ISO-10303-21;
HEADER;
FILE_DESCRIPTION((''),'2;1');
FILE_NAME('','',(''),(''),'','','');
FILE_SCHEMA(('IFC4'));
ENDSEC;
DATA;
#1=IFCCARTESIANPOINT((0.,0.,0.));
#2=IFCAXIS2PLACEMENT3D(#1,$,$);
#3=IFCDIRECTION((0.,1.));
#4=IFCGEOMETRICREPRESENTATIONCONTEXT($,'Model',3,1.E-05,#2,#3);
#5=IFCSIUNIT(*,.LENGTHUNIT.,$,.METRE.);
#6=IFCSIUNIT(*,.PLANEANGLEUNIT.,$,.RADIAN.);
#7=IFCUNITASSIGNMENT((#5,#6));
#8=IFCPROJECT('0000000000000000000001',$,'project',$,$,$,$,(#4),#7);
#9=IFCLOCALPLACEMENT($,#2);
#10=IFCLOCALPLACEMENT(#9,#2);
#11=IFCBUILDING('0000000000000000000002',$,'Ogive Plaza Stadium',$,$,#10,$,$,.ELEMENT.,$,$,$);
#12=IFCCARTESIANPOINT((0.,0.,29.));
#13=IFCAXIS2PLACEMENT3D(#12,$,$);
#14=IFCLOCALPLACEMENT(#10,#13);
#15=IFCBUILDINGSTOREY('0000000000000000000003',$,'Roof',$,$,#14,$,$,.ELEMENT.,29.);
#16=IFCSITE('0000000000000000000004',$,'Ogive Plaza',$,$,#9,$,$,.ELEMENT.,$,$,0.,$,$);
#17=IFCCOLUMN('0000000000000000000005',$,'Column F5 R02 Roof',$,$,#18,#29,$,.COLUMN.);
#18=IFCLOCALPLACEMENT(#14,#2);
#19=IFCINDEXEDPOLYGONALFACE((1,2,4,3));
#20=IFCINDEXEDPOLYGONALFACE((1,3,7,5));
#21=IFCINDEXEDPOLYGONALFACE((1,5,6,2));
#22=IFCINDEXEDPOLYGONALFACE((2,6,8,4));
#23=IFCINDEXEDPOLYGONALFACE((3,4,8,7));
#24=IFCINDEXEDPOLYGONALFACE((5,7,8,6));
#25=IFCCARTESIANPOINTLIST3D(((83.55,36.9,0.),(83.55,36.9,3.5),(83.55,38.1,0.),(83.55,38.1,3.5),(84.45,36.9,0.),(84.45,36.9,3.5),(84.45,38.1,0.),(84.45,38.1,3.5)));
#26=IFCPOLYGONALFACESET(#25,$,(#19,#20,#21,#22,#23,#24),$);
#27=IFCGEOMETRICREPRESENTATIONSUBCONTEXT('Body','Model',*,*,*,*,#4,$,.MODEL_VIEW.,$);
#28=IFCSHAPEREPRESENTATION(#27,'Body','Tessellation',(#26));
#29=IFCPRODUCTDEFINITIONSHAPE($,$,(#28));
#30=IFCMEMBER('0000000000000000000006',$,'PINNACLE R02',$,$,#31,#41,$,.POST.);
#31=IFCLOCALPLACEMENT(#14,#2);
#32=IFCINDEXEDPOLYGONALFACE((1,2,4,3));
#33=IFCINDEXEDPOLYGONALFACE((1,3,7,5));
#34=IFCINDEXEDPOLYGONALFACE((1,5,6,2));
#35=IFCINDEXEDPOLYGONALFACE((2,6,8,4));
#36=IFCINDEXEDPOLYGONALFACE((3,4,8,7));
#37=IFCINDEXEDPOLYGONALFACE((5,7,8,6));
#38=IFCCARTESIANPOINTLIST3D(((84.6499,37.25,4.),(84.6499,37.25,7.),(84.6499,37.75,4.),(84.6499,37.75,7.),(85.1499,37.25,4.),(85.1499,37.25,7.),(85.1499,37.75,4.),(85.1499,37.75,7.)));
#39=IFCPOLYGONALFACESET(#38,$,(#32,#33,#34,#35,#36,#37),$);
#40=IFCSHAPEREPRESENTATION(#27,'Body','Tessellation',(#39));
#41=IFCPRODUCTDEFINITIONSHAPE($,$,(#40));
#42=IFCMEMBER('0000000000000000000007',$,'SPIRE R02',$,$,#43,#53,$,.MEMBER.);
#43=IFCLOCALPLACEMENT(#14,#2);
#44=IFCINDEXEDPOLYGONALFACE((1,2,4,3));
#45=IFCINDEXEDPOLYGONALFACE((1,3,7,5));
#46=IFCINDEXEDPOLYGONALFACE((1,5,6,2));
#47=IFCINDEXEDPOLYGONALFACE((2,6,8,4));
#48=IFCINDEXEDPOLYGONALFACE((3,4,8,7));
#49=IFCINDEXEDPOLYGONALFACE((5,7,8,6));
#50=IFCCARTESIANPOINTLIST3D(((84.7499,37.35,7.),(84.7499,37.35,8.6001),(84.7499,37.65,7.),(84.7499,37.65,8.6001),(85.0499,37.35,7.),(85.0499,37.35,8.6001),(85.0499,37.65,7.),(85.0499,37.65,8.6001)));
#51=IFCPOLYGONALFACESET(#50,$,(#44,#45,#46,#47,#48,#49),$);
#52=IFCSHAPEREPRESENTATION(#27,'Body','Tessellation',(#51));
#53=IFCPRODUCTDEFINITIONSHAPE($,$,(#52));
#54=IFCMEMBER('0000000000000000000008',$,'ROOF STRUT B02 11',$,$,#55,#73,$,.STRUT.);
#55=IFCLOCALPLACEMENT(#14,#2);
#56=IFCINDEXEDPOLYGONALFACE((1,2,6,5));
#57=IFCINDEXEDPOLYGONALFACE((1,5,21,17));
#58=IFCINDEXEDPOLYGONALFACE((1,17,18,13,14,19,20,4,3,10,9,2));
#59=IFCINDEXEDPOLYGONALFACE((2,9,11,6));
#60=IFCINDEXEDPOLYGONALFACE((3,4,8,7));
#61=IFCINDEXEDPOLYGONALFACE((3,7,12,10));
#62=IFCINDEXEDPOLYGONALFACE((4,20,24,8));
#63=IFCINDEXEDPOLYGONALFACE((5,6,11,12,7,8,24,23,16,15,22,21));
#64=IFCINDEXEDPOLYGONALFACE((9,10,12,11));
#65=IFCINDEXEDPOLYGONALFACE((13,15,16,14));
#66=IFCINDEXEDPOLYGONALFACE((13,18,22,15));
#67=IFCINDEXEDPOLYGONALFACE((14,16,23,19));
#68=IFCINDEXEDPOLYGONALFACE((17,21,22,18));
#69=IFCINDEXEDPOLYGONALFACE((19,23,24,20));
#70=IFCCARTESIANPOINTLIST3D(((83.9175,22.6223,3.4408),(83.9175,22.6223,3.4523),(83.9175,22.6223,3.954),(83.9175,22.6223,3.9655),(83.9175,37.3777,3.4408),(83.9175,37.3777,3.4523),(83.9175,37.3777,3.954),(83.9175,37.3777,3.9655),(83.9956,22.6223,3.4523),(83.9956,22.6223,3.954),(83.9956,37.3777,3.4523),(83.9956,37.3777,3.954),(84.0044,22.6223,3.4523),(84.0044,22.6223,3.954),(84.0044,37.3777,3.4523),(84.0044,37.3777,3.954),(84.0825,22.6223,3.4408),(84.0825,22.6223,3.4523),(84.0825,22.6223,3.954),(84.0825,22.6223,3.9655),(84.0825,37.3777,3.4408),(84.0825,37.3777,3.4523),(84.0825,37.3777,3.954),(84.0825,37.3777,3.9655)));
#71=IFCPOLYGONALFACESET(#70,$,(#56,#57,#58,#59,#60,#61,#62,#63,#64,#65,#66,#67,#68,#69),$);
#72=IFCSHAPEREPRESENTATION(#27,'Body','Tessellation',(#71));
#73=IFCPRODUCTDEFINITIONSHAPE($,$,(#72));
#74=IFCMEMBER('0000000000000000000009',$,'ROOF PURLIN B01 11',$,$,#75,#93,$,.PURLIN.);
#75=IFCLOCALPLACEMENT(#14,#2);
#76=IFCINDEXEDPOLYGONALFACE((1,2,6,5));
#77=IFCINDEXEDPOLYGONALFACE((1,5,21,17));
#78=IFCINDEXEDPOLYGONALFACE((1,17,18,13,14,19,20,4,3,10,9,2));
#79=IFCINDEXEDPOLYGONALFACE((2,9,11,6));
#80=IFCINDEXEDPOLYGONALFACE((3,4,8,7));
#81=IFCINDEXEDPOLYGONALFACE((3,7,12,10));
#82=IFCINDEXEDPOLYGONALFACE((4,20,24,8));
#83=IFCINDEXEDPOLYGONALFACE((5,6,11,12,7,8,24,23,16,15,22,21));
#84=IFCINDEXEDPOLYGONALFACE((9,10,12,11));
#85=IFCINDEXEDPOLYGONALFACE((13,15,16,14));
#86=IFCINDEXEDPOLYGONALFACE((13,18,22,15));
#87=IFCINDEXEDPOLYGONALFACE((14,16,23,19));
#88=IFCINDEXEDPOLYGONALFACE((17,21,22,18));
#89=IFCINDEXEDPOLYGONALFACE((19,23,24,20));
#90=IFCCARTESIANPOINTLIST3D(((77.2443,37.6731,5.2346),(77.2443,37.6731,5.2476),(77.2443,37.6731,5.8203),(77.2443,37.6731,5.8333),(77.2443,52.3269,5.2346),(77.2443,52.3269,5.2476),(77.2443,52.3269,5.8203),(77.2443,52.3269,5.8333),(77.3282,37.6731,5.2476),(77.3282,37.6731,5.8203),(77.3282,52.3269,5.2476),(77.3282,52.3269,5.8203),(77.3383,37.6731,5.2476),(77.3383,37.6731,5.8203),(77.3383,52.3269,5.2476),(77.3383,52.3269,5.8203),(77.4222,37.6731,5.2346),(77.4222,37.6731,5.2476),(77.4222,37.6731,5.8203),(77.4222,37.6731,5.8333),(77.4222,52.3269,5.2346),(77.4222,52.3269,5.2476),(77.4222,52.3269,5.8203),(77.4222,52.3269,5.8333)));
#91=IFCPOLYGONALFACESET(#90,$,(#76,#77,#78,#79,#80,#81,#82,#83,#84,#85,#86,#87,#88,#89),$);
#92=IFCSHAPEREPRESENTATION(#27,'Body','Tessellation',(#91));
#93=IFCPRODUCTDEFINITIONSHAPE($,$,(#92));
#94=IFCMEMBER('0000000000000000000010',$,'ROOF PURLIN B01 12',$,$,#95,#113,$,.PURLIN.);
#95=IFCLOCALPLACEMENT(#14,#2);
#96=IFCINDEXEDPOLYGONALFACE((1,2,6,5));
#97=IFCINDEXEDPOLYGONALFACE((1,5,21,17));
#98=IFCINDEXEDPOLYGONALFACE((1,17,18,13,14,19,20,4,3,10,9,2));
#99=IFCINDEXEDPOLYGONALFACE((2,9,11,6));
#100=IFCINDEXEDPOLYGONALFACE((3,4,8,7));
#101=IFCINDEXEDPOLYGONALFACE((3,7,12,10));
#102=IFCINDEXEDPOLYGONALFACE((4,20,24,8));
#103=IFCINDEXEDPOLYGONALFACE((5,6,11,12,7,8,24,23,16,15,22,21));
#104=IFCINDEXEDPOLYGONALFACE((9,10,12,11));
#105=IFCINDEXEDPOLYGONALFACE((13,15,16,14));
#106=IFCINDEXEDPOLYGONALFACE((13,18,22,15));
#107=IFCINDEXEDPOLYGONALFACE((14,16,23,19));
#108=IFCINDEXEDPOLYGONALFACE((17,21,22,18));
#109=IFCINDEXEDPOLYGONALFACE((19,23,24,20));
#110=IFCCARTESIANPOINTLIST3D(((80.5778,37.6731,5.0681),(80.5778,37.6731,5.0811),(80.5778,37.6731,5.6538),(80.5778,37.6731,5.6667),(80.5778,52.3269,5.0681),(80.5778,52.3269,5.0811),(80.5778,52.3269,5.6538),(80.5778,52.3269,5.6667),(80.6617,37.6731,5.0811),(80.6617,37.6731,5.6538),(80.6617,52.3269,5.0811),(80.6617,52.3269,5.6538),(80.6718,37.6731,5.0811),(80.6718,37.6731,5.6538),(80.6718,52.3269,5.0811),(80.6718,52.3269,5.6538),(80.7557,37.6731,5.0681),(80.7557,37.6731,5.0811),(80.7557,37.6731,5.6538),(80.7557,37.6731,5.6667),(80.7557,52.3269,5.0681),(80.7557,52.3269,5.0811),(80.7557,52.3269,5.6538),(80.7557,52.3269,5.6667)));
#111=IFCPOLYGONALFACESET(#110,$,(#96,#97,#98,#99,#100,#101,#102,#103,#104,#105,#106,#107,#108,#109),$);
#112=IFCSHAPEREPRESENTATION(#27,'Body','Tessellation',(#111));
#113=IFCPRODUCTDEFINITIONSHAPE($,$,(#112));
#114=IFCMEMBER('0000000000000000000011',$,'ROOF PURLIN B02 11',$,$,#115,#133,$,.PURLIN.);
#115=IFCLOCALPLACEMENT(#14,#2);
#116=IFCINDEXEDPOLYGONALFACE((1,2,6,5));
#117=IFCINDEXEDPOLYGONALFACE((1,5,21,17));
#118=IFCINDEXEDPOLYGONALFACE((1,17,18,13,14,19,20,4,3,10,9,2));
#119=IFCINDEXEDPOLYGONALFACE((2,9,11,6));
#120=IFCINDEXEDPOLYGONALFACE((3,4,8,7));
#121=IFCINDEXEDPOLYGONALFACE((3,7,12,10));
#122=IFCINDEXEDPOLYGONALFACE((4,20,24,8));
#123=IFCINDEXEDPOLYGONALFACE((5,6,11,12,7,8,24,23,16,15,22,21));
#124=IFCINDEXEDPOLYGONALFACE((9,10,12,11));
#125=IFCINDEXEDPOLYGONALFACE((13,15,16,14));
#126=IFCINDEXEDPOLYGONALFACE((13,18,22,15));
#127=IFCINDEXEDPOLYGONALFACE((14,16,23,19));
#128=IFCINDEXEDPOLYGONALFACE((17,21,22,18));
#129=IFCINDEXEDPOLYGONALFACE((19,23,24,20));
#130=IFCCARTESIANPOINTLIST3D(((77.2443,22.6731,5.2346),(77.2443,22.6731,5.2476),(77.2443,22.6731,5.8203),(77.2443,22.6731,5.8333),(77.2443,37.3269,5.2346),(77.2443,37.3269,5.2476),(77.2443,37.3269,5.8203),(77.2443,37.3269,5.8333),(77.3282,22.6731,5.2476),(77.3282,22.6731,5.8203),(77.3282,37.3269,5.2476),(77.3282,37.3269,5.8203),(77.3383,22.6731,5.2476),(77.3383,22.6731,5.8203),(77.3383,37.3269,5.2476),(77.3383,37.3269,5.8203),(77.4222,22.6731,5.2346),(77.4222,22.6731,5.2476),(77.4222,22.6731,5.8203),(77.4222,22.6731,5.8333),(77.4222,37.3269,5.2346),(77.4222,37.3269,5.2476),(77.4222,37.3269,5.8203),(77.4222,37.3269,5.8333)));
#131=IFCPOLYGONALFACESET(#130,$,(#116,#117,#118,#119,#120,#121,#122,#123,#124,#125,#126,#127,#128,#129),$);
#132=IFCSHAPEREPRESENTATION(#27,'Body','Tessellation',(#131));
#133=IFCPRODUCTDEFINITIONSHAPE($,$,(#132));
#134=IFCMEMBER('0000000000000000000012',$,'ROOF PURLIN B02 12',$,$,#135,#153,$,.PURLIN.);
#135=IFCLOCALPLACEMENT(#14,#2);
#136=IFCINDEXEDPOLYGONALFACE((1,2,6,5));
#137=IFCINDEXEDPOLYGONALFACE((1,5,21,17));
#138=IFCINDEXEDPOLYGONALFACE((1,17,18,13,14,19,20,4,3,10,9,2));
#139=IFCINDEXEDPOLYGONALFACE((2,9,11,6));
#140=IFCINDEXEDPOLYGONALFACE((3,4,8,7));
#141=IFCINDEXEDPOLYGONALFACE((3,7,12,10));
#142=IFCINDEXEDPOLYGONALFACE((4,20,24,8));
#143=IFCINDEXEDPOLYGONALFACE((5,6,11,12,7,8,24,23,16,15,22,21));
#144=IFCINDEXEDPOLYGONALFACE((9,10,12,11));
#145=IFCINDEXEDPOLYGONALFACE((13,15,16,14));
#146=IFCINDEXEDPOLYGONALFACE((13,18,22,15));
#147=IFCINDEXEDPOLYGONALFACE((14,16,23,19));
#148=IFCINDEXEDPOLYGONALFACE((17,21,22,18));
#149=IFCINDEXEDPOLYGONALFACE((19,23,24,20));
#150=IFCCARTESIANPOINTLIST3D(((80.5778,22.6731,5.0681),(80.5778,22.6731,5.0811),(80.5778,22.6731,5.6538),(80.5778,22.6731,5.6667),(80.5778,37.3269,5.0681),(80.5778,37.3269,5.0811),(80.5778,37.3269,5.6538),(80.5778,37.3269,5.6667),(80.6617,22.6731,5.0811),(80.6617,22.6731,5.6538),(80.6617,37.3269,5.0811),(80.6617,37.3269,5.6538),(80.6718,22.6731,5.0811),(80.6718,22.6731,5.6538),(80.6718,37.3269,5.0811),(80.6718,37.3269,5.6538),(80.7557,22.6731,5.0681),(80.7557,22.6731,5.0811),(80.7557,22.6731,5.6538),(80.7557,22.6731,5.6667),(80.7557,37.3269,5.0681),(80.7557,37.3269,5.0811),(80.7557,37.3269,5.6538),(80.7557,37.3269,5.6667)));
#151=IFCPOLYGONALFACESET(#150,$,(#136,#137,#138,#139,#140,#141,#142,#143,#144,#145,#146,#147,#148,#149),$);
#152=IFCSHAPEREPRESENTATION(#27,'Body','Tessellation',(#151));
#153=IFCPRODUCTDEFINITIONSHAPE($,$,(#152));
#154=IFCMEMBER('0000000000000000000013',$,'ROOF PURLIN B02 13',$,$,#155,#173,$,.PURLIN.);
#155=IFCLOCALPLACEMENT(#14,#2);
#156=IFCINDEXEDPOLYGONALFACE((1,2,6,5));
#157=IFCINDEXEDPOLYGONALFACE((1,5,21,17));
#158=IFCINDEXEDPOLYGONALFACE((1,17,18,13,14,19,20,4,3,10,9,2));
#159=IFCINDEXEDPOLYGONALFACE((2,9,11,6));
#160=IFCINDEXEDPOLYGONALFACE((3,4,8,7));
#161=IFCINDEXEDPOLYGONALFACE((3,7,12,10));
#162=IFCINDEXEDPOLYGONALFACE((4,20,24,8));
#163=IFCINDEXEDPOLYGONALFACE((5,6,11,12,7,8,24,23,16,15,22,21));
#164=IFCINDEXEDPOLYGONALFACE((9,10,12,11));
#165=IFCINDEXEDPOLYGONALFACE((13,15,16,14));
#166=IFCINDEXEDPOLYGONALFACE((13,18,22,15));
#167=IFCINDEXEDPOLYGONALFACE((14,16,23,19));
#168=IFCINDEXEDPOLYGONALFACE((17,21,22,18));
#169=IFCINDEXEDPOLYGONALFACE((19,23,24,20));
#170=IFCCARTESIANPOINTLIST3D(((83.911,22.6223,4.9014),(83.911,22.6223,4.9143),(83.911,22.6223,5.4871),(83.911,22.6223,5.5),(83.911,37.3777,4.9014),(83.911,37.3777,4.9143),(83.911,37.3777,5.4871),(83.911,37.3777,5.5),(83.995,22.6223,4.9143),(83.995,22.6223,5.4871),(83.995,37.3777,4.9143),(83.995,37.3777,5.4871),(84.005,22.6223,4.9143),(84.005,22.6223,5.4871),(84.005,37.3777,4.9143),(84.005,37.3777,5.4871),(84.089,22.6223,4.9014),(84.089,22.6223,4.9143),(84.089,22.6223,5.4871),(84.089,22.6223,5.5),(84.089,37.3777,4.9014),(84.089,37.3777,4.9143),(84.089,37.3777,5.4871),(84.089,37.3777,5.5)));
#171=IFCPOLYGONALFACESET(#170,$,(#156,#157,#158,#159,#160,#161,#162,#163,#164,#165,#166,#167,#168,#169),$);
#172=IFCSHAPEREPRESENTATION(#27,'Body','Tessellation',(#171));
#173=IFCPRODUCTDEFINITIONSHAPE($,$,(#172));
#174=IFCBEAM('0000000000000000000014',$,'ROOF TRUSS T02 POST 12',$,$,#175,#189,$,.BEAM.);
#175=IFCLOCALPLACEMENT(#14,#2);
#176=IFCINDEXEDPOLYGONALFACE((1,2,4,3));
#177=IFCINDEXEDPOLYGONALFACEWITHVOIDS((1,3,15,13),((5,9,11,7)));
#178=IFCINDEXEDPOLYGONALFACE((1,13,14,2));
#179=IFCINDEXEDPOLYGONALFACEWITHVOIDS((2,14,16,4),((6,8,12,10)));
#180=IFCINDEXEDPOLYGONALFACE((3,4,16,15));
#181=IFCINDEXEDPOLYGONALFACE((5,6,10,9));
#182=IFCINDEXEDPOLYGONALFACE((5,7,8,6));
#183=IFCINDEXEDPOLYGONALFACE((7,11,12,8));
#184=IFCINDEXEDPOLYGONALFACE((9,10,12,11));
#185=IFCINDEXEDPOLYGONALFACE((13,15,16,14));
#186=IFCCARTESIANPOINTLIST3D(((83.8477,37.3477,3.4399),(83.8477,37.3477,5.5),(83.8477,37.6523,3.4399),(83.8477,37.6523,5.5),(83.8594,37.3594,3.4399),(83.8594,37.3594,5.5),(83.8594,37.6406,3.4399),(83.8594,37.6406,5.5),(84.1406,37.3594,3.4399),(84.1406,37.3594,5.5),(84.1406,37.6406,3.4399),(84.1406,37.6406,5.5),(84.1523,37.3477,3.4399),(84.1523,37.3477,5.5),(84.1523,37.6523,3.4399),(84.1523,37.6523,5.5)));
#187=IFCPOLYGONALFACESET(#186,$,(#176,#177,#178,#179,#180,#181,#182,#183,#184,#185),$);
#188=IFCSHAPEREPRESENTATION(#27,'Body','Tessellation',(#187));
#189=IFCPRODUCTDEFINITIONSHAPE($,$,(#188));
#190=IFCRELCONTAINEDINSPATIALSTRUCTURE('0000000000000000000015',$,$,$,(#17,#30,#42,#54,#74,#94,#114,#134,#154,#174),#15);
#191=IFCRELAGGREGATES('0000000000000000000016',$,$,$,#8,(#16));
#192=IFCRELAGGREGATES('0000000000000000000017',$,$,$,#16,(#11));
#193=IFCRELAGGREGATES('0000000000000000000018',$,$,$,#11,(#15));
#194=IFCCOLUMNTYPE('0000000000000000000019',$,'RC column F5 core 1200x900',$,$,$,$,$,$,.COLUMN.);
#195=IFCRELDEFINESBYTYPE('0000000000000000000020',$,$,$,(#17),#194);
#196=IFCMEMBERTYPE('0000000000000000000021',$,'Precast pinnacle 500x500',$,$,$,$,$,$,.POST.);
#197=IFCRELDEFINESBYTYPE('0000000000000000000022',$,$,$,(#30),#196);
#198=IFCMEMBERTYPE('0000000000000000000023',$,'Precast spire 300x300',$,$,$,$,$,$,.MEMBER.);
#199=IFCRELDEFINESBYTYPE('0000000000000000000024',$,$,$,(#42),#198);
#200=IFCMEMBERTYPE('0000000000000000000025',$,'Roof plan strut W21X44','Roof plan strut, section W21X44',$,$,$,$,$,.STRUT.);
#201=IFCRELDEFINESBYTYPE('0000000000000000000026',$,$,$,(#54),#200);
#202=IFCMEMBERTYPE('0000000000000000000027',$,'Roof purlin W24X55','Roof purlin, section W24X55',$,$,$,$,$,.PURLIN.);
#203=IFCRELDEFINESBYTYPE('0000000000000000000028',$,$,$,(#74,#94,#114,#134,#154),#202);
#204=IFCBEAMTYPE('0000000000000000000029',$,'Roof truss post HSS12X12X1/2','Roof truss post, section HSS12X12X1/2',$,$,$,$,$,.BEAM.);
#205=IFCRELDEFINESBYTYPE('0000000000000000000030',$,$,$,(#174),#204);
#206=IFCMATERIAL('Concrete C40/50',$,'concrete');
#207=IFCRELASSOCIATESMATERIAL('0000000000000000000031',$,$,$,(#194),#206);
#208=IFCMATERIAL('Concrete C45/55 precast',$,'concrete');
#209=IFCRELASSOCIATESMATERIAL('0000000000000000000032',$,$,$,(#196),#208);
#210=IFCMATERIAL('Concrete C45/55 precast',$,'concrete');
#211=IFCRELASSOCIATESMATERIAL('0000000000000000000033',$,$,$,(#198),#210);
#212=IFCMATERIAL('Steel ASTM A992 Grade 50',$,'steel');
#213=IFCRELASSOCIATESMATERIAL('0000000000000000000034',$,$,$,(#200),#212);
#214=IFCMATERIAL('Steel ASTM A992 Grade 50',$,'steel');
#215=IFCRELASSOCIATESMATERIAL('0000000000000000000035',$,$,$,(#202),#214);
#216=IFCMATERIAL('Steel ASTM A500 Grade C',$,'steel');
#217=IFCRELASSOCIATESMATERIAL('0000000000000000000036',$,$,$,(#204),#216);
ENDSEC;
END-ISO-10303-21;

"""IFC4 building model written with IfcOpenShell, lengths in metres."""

from ifc_helpers import new_model, si_unit, direction, frame, origin, origin_2d, place, context, subcontext, project, spatial, rectangle, hollow_rectangle, i_section, extrude, material, material_profile, profile_set, type_object, element, save


model = new_model("IFC4")

# Units and contexts
model_context = context("Model", 3, precision=1e-05, world=origin(), true_north=direction((0.0, 1.0)))
body_context = subcontext(model_context, "Body", "Model", "MODEL_VIEW")
ifc_project = project(units=[si_unit("LENGTHUNIT", "METRE"), si_unit("PLANEANGLEUNIT", "RADIAN")], contexts=[model_context])

# Site, building, storey
site_placement = place(None, origin())
site = spatial("IfcSite", under=ifc_project, at=site_placement, Name="Ogive Plaza", CompositionType="ELEMENT", RefElevation=0.0)
building_placement = place(site_placement, origin())
building = spatial("IfcBuilding", under=site, at=building_placement, Name="Ogive Plaza Stadium", CompositionType="ELEMENT")
storey_placement = place(building_placement, frame((0.0, 0.0, 29.0)))
storey = spatial("IfcBuildingStorey", under=building, at=storey_placement, Name="Roof", CompositionType="ELEMENT", Elevation=29.0)

# Column
ifc_material_1 = material(Name="Concrete C40/50", Category="concrete")
ifc_material_profile_1 = material_profile(ifc_material_1, rectangle(XDim=1.2, YDim=0.8999, at=origin_2d()), Name="RC 1200x900")
ifc_profile_set_1 = profile_set([ifc_material_profile_1], Name="Concrete C40/50")
column_type = type_object("IfcColumnType", Name="RC column F5 core 1200x900", PredefinedType="COLUMN", material=ifc_profile_set_1)
column_placement = place(storey_placement, frame((84.0, 37.5, 0.0), z_axis=(0.0, 0.0, 1.0), x_axis=(0.0, 1.0, 0.0)))
element("IfcColumn", 1, at=column_placement, inside=storey, type_object=column_type, Name="Column F5 R02 Roof", PredefinedType="COLUMN", context=body_context, shape_type="SweptSolid", body=[
    extrude(rectangle(XDim=1.2, YDim=0.8999, at=origin_2d()), origin(), (0.0, 0.0, 1.0), 3.5),
])

# Members
ifc_material_2 = material(Name="Concrete C45/55 precast", Category="concrete")
ifc_material_profile_2 = material_profile(ifc_material_2, rectangle(XDim=0.5, YDim=0.5, at=origin_2d()), Name="RC 500x500")
ifc_profile_set_2 = profile_set([ifc_material_profile_2], Name="Concrete C45/55 precast")
member_type_1 = type_object("IfcMemberType", Name="Precast pinnacle 500x500", PredefinedType="POST", material=ifc_profile_set_2)
member_1_placement = place(storey_placement, frame((84.8999, 37.5, 4.0), z_axis=(0.0, 0.0, 1.0), x_axis=(0.0, 1.0, 0.0)))
element("IfcMember", 2, at=member_1_placement, inside=storey, type_object=member_type_1, Name="PINNACLE R02", PredefinedType="POST", context=body_context, shape_type="SweptSolid", body=[
    extrude(rectangle(XDim=0.5, YDim=0.5, at=origin_2d()), origin(), (0.0, 0.0, 1.0), 3.0),
])
ifc_material_3 = material(Name="Concrete C45/55 precast", Category="concrete")
ifc_material_profile_3 = material_profile(ifc_material_3, rectangle(XDim=0.3, YDim=0.3, at=origin_2d()), Name="RC 300x300")
ifc_profile_set_3 = profile_set([ifc_material_profile_3], Name="Concrete C45/55 precast")
member_type_2 = type_object("IfcMemberType", Name="Precast spire 300x300", PredefinedType="MEMBER", material=ifc_profile_set_3)
member_2_placement = place(storey_placement, frame((84.8999, 37.5, 7.0), z_axis=(0.0, 0.0, 1.0), x_axis=(0.0, 1.0, 0.0)))
element("IfcMember", 3, at=member_2_placement, inside=storey, type_object=member_type_2, Name="SPIRE R02", PredefinedType="MEMBER", context=body_context, shape_type="SweptSolid", body=[
    extrude(rectangle(XDim=0.3, YDim=0.3, at=origin_2d()), origin(), (0.0, 0.0, 1.0), 1.6001),
])
ifc_material_4 = material(Name="Steel ASTM A992 Grade 50", Category="steel")
ifc_material_profile_4 = material_profile(ifc_material_4, i_section(OverallWidth=0.165, OverallDepth=0.5247, WebThickness=0.0088, FlangeThickness=0.0115, at=origin_2d()), Name="W21X44")
ifc_profile_set_4 = profile_set([ifc_material_profile_4], Name="Steel ASTM A992 Grade 50")
member_type_3 = type_object("IfcMemberType", Name="Roof plan strut W21X44", Description="Roof plan strut, section W21X44", PredefinedType="STRUT", material=ifc_profile_set_4)
member_3_placement = place(storey_placement, frame((84.0, 37.3777, 3.7031), z_axis=(0.0, -1.0, 0.0), x_axis=(1.0, 0.0, 0.0)))
element("IfcMember", 4, at=member_3_placement, inside=storey, type_object=member_type_3, Name="ROOF STRUT B02 11", PredefinedType="STRUT", context=body_context, shape_type="SweptSolid", body=[
    extrude(i_section(OverallWidth=0.165, OverallDepth=0.5247, WebThickness=0.0088, FlangeThickness=0.0115, at=origin_2d()), origin(), (0.0, 0.0, 1.0), 14.7554),
])
ifc_material_5 = material(Name="Steel ASTM A992 Grade 50", Category="steel")
ifc_material_profile_5 = material_profile(ifc_material_5, i_section(OverallWidth=0.178, OverallDepth=0.5986, WebThickness=0.01, FlangeThickness=0.0129, at=origin_2d()), Name="W24X55")
ifc_profile_set_5 = profile_set([ifc_material_profile_5], Name="Steel ASTM A992 Grade 50")
member_type_4 = type_object("IfcMemberType", Name="Roof purlin W24X55", Description="Roof purlin, section W24X55", PredefinedType="PURLIN", material=ifc_profile_set_5)
for number, where, z_axis, x_axis, name in (
    (5, (77.3333, 52.3269, 5.5339), (0.0, -1.0, 0.0), (1.0, 0.0, 0.0), "ROOF PURLIN B01 11"),
    (6, (80.6667, 52.3269, 5.3674), (0.0, -1.0, 0.0), (1.0, 0.0, 0.0), "ROOF PURLIN B01 12"),
    (7, (77.3333, 37.3269, 5.5339), (0.0, -1.0, 0.0), (1.0, 0.0, 0.0), "ROOF PURLIN B02 11"),
    (8, (80.6667, 37.3269, 5.3674), (0.0, -1.0, 0.0), (1.0, 0.0, 0.0), "ROOF PURLIN B02 12"),
):
    element("IfcMember", number, at=place(storey_placement, frame(where, z_axis=z_axis, x_axis=x_axis)), inside=storey, type_object=member_type_4, Name=name, PredefinedType="PURLIN", context=body_context, shape_type="SweptSolid", body=[
        extrude(i_section(OverallWidth=0.178, OverallDepth=0.5986, WebThickness=0.01, FlangeThickness=0.0129, at=origin_2d()), origin(), (0.0, 0.0, 1.0), 14.6538),
    ])
member_4_placement = place(storey_placement, frame((84.0, 37.3777, 5.2007), z_axis=(0.0, -1.0, 0.0), x_axis=(1.0, 0.0, 0.0)))
element("IfcMember", 9, at=member_4_placement, inside=storey, type_object=member_type_4, Name="ROOF PURLIN B02 13", PredefinedType="PURLIN", context=body_context, shape_type="SweptSolid", body=[
    extrude(i_section(OverallWidth=0.178, OverallDepth=0.5986, WebThickness=0.01, FlangeThickness=0.0129, at=origin_2d()), origin(), (0.0, 0.0, 1.0), 14.7554),
])

# Beam
ifc_material_6 = material(Name="Steel ASTM A500 Grade C", Category="steel")
ifc_material_profile_6 = material_profile(ifc_material_6, hollow_rectangle(XDim=0.3047, YDim=0.3047, WallThickness=0.0117, at=origin_2d()), Name="HSS12X12X1/2")
ifc_profile_set_6 = profile_set([ifc_material_profile_6], Name="Steel ASTM A500 Grade C")
beam_type = type_object("IfcBeamType", Name="Roof truss post HSS12X12X1/2", Description="Roof truss post, section HSS12X12X1/2", PredefinedType="BEAM", material=ifc_profile_set_6)
beam_placement = place(storey_placement, frame((84.0, 37.5, 3.4399), z_axis=(0.0, 0.0, 1.0), x_axis=(0.0, 1.0, 0.0)))
element("IfcBeam", 10, at=beam_placement, inside=storey, type_object=beam_type, Name="ROOF TRUSS T02 POST 12", PredefinedType="BEAM", context=body_context, shape_type="SweptSolid", body=[
    extrude(hollow_rectangle(XDim=0.3047, YDim=0.3047, WallThickness=0.0117, at=origin_2d()), origin(), (0.0, 0.0, 1.0), 2.0601),
])

save(model, "model.ifc")
